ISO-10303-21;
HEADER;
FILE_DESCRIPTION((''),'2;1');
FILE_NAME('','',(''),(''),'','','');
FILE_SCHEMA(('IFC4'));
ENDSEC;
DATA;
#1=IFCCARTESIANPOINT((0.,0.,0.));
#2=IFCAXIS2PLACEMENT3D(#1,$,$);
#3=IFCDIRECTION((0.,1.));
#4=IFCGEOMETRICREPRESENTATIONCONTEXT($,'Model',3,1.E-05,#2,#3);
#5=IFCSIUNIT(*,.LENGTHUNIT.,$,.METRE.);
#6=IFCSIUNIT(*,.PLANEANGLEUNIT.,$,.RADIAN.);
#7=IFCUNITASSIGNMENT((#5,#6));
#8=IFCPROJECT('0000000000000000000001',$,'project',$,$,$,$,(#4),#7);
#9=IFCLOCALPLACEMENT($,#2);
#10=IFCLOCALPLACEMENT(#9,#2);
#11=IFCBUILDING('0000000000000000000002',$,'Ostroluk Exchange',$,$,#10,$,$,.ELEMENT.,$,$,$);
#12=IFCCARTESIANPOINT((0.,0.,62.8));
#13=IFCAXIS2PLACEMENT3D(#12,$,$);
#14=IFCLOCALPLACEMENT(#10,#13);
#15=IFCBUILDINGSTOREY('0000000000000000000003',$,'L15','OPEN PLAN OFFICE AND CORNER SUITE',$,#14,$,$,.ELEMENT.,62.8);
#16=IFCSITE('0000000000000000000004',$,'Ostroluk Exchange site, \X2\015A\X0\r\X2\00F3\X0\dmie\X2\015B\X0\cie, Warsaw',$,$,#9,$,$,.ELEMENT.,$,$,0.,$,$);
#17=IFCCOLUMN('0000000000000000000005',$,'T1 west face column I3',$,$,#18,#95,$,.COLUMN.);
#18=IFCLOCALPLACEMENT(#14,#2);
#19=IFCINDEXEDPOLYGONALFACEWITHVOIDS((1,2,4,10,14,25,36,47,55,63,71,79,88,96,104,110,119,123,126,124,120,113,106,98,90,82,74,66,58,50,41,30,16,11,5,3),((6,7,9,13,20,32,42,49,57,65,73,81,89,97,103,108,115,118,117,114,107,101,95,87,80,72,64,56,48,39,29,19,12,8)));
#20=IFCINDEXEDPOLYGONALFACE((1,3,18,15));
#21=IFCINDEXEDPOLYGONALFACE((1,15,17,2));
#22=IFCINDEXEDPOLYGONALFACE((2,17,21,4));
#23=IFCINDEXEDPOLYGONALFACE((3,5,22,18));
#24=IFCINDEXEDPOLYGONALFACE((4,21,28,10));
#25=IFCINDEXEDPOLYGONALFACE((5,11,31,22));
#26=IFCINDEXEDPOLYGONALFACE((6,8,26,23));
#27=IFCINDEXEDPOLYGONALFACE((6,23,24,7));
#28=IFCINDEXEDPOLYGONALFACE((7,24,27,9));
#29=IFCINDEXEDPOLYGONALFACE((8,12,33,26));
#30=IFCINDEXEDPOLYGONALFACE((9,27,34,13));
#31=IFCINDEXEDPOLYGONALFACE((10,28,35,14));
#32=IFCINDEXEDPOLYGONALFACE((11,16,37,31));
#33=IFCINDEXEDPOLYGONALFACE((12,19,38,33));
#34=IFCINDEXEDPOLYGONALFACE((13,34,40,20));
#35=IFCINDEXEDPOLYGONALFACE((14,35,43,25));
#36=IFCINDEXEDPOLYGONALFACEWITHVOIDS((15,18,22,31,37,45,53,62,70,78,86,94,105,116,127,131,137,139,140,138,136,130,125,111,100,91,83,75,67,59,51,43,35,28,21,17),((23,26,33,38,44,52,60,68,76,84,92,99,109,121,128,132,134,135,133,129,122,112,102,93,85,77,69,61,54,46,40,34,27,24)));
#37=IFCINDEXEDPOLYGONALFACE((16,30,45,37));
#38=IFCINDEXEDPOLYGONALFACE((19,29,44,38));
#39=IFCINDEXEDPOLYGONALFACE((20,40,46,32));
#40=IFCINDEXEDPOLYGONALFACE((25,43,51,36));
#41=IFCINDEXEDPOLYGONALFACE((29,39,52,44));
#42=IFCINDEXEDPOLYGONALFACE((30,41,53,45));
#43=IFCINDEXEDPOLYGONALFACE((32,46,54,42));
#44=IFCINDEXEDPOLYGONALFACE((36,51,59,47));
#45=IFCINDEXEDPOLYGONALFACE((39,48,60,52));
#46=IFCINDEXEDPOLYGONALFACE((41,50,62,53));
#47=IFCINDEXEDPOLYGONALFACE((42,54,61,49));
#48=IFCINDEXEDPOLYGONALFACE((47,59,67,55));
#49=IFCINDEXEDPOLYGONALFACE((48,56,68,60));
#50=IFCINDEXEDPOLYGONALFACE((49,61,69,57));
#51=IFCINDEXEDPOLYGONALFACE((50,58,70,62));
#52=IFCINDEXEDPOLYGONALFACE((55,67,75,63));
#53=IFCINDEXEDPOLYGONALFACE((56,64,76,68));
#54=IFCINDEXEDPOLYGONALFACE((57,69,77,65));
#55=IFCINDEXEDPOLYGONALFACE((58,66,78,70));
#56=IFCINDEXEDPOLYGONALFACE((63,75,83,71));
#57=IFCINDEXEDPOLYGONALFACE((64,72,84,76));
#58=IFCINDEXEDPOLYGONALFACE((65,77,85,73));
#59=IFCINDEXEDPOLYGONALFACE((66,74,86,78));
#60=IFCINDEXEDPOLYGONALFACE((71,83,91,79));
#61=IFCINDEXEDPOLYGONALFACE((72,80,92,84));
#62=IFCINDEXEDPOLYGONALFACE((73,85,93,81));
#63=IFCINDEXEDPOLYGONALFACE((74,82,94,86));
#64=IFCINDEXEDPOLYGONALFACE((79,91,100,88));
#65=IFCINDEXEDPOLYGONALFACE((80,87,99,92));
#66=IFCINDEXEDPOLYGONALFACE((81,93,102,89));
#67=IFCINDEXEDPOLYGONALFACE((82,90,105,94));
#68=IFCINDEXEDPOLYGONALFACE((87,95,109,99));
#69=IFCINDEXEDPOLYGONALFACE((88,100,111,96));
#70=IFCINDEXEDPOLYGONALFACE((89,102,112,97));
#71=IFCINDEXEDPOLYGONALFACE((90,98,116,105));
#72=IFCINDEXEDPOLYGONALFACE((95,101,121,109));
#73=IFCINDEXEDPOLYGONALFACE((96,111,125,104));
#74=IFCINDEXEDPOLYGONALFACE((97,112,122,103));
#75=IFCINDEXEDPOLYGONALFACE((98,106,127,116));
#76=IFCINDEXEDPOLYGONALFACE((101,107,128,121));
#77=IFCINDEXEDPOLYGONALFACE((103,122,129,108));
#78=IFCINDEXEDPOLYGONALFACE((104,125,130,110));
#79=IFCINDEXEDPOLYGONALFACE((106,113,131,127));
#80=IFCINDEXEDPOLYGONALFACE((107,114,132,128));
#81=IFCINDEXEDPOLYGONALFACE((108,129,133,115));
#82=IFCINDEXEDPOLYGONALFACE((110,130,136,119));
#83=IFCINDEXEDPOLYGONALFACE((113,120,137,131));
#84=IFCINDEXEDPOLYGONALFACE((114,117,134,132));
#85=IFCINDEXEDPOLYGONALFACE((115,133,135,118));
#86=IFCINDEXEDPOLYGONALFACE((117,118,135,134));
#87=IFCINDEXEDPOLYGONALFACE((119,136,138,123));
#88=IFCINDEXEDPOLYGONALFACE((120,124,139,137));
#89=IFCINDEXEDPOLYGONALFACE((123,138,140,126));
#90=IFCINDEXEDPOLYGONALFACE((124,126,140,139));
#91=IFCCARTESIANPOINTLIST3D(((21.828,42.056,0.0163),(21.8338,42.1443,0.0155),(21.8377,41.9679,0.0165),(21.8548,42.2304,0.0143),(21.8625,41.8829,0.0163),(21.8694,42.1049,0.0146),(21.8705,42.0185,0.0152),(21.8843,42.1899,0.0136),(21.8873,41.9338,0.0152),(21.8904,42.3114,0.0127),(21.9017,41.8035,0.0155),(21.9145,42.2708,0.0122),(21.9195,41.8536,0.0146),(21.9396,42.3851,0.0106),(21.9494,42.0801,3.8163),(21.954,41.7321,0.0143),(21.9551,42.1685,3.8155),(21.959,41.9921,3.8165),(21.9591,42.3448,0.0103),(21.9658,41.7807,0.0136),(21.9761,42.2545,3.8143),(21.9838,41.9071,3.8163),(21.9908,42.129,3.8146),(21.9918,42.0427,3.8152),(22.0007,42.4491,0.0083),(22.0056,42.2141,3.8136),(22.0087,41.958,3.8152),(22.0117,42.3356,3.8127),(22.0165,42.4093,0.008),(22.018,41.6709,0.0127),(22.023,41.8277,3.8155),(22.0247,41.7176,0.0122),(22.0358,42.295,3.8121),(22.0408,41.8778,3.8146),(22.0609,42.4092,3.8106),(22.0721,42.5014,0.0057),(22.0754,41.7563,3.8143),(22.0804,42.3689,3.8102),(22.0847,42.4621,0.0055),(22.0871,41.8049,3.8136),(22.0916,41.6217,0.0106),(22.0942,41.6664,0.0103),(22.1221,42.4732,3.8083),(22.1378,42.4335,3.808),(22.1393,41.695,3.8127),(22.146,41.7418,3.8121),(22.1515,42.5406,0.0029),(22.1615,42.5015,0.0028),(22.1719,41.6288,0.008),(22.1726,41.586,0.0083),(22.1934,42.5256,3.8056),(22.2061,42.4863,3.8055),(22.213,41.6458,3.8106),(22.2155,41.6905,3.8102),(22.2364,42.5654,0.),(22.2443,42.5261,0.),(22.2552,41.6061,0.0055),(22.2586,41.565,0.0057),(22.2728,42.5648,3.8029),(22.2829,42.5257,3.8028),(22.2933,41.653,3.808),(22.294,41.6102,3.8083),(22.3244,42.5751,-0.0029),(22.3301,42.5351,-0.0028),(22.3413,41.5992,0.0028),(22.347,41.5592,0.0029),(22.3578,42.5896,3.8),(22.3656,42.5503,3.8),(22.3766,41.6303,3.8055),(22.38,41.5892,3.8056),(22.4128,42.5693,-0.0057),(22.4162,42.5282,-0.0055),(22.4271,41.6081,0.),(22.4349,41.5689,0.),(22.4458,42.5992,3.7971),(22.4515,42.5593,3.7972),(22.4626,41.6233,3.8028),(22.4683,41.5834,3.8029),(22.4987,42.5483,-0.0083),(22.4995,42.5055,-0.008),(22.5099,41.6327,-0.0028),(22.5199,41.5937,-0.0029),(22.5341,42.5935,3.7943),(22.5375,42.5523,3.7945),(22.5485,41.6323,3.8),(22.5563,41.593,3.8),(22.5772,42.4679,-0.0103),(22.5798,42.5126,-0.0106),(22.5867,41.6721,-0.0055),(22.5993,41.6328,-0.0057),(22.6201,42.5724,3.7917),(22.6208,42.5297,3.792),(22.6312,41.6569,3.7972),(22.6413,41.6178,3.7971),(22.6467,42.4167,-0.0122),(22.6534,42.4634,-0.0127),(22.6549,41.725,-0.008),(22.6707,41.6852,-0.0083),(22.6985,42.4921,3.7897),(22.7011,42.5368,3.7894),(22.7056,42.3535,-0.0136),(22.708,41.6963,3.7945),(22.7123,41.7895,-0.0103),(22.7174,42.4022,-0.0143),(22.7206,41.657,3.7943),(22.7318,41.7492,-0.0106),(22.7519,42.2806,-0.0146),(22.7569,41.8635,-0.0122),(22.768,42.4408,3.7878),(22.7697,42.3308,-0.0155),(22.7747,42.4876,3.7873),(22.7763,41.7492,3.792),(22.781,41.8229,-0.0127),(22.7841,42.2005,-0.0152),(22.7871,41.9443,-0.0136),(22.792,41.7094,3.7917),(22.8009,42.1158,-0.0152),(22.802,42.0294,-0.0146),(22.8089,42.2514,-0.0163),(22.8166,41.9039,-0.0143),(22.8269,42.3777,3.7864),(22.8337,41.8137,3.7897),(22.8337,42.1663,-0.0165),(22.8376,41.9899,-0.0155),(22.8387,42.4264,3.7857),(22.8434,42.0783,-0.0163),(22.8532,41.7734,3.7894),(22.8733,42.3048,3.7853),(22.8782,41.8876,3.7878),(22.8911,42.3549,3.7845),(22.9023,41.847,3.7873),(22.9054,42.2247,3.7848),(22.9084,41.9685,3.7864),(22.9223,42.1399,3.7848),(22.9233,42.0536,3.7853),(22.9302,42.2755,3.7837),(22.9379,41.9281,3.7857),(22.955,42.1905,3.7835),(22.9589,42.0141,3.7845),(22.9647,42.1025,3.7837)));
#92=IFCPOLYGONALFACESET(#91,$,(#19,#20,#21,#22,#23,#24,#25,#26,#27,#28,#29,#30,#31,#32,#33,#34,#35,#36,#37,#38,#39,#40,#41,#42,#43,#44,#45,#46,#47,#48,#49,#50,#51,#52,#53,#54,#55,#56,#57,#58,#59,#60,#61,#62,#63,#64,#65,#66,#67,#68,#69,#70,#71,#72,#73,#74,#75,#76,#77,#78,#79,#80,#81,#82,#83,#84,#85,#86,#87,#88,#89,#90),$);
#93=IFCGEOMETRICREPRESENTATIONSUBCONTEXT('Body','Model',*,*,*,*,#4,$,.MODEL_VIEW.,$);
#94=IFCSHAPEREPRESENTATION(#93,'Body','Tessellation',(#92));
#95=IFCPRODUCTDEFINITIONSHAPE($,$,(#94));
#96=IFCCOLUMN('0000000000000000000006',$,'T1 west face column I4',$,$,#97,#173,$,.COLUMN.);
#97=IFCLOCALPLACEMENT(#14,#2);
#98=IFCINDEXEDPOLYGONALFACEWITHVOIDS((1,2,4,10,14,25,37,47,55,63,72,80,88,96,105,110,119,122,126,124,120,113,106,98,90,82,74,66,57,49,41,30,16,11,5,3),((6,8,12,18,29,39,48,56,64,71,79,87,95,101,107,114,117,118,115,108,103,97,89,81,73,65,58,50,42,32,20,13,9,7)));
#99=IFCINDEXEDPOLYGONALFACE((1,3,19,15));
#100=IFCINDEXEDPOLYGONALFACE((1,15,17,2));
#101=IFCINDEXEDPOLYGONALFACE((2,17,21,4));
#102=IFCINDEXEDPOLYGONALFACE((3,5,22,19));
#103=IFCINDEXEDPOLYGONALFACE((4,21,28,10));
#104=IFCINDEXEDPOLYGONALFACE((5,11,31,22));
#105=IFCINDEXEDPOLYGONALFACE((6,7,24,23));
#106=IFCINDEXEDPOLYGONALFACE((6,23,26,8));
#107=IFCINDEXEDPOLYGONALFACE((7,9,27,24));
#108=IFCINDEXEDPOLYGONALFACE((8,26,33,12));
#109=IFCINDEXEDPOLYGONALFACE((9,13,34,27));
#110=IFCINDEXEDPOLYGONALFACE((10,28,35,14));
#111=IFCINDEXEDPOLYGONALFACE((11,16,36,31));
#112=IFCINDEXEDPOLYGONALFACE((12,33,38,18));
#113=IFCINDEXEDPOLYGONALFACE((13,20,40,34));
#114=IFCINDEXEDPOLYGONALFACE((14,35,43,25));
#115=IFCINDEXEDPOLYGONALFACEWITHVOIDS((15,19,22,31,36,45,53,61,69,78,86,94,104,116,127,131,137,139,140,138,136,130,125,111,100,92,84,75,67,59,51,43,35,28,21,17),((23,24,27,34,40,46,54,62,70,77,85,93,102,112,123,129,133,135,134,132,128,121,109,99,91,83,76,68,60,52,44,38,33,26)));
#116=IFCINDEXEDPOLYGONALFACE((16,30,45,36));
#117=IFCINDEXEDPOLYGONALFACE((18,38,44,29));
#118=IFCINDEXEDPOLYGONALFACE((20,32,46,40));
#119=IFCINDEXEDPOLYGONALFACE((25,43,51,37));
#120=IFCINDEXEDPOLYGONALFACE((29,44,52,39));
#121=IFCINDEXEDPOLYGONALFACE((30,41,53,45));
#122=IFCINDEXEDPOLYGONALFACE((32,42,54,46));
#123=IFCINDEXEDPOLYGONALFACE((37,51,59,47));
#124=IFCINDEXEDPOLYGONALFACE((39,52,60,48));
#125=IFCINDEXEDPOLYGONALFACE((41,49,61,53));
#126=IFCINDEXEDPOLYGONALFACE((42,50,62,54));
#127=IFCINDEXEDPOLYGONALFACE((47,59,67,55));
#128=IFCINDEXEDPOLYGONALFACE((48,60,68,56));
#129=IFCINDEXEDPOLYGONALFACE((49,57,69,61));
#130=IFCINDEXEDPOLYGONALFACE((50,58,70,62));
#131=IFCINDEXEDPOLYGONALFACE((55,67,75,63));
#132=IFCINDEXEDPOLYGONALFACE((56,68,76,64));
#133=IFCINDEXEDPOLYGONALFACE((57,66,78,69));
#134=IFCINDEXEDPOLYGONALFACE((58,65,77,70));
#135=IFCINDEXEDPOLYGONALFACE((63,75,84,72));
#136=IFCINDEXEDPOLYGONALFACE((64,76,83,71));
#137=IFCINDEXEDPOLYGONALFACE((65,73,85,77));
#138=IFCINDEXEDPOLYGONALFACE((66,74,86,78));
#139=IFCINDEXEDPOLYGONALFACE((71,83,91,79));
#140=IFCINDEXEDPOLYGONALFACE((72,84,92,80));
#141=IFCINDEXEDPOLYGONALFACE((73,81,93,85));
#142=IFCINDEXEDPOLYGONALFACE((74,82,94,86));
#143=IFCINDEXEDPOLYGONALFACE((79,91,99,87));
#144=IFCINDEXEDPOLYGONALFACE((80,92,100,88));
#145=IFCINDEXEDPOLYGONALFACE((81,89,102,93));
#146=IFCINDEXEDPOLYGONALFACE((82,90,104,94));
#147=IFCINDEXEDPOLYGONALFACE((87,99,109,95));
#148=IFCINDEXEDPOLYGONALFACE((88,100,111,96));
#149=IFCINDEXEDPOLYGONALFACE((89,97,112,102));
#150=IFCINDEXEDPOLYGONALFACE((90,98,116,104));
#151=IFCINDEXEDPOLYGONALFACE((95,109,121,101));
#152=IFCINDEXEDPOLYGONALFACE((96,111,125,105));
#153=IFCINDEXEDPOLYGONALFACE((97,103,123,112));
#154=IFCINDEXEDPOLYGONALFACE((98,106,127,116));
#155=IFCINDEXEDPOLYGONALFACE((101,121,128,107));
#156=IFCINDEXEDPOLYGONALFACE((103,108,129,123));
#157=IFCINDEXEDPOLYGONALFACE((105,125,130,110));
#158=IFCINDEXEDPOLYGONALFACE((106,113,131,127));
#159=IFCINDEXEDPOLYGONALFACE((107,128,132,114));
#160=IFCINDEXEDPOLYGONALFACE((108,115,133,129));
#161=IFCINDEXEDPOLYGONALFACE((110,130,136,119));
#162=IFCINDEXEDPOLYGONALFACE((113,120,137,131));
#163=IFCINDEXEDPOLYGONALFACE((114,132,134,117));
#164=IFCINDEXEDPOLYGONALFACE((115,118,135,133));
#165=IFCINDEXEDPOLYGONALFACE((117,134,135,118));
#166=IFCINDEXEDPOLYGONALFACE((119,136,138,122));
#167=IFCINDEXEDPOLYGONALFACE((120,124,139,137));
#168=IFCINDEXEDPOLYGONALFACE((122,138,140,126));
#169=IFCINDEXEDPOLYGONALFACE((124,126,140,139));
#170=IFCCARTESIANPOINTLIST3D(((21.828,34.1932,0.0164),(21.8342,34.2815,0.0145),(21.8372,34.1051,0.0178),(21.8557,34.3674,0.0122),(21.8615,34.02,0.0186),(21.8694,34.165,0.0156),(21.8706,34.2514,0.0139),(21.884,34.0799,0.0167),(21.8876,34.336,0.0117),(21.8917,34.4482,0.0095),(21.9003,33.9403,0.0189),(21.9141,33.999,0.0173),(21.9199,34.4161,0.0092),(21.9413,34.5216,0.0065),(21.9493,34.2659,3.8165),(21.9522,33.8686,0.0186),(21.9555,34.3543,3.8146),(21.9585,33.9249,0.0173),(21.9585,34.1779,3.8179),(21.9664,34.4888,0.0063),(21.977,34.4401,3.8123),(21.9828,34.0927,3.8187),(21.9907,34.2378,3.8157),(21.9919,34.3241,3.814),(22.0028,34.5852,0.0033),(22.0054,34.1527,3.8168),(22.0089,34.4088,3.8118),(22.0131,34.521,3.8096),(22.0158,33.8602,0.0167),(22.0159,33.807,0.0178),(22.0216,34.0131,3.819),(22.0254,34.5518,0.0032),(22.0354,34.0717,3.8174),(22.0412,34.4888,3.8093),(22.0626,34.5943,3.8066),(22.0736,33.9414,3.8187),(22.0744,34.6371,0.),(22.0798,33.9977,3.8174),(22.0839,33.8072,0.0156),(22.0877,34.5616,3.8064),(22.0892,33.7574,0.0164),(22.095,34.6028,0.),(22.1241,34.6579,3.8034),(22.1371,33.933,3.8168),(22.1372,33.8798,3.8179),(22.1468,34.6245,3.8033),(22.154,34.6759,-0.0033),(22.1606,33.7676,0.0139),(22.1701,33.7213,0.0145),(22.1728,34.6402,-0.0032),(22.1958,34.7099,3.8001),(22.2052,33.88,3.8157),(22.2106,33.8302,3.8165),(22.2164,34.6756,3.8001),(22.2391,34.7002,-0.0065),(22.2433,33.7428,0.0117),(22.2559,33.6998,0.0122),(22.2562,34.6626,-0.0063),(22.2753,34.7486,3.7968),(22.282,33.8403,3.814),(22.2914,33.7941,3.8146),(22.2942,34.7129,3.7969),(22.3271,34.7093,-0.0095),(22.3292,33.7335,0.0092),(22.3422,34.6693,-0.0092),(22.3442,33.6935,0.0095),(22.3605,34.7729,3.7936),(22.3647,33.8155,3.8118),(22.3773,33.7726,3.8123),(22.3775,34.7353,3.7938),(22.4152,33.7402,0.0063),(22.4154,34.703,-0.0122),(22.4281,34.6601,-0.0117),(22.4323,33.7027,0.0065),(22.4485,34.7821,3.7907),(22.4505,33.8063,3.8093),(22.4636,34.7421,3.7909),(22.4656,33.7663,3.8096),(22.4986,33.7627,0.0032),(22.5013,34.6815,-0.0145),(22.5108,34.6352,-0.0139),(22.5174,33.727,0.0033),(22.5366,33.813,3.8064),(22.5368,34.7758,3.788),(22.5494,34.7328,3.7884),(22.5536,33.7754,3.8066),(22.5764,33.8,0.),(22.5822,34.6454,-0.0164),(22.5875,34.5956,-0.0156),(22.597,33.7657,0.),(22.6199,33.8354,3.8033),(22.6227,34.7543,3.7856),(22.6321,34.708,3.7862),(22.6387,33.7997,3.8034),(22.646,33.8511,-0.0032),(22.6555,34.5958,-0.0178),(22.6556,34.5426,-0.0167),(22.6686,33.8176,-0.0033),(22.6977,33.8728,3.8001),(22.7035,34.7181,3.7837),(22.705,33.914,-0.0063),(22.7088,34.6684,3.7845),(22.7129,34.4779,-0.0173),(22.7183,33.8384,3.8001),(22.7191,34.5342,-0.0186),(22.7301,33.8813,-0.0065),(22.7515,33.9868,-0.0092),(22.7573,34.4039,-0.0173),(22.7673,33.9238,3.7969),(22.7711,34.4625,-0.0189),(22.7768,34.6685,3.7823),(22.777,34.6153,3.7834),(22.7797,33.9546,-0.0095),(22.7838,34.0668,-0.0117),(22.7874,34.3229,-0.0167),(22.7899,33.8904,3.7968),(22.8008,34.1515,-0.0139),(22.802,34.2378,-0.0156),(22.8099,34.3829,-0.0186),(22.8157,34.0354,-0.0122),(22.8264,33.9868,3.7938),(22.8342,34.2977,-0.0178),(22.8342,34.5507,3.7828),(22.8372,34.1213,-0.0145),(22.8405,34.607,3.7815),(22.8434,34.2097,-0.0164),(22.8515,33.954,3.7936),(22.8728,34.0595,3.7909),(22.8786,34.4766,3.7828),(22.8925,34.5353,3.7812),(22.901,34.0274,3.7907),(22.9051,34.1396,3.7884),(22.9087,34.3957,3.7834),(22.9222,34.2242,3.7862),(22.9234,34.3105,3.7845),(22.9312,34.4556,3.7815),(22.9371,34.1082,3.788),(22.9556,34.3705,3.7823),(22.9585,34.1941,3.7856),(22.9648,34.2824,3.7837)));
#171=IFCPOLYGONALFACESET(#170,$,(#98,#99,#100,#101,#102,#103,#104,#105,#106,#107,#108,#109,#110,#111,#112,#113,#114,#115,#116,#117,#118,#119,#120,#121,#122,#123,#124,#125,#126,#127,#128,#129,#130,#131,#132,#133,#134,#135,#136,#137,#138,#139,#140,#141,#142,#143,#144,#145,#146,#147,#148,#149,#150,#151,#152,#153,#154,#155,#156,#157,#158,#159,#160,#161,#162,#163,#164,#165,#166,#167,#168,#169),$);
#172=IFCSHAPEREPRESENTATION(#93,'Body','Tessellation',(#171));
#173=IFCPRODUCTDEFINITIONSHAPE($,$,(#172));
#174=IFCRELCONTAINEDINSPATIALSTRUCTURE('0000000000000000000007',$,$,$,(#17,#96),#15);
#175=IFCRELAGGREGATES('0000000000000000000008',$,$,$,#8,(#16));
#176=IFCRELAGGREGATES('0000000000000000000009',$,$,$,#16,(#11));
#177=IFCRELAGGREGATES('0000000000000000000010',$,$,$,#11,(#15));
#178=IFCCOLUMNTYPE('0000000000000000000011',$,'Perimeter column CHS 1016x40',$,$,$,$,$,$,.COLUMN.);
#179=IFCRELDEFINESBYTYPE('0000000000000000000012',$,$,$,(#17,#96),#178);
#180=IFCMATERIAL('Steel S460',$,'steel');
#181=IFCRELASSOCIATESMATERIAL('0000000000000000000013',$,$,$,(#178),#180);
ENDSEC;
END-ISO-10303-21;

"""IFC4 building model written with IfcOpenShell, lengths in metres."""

from ifc_helpers import new_model, si_unit, direction, frame, origin, origin_2d, place, context, subcontext, project, spatial, hollow_circle, extrude, material, material_profile, profile_set, type_object, element, save


model = new_model("IFC4")

# Units and contexts
model_context = context("Model", 3, precision=1e-05, world=origin(), true_north=direction((0.0, 1.0)))
body_context = subcontext(model_context, "Body", "Model", "MODEL_VIEW")
ifc_project = project(units=[si_unit("LENGTHUNIT", "METRE"), si_unit("PLANEANGLEUNIT", "RADIAN")], contexts=[model_context])

# Site, building, storey
site_placement = place(None, origin())
site = spatial("IfcSite", under=ifc_project, at=site_placement, Name="Ostroluk Exchange site, Śródmieście, Warsaw", CompositionType="ELEMENT", RefElevation=0.0)
building_placement = place(site_placement, origin())
building = spatial("IfcBuilding", under=site, at=building_placement, Name="Ostroluk Exchange", CompositionType="ELEMENT")
storey_placement = place(building_placement, frame((0.0, 0.0, 62.8)))
storey = spatial("IfcBuildingStorey", under=building, at=storey_placement, Name="L15", Description="OPEN PLAN OFFICE AND CORNER SUITE", CompositionType="ELEMENT", Elevation=62.8)

# Columns
ifc_material_1 = material(Name="Steel S460", Category="steel")
ifc_material_profile_1 = material_profile(ifc_material_1, hollow_circle(Radius=0.5081, WallThickness=0.04, at=origin_2d()), Name="CHS 1016x40")
ifc_profile_set_1 = profile_set([ifc_material_profile_1], Name="Steel S460")
column_type = type_object("IfcColumnType", Name="Perimeter column CHS 1016x40", PredefinedType="COLUMN", material=ifc_profile_set_1)
column_1_placement = place(storey_placement, frame((22.3357, 42.0671, 0.0), z_axis=(0.031914, 0.006357, 0.99947), x_axis=(-0.195357, 0.980732, 0.0)))
element("IfcColumn", 1, at=column_1_placement, inside=storey, type_object=column_type, Name="T1 west face column I3", PredefinedType="COLUMN", context=body_context, shape_type="SweptSolid", body=[
    extrude(hollow_circle(Radius=0.5081, WallThickness=0.04, at=origin_2d()), origin(), (0.0, 0.0, 1.0), 3.802),
])
column_2_placement = place(storey_placement, frame((22.3357, 34.2014, 0.0), z_axis=(0.031909, 0.019132, 0.999308), x_axis=(-0.514242, 0.857645, 0.0)))
element("IfcColumn", 2, at=column_2_placement, inside=storey, type_object=column_type, Name="T1 west face column I4", PredefinedType="COLUMN", context=body_context, shape_type="SweptSolid", body=[
    extrude(hollow_circle(Radius=0.5081, WallThickness=0.04, at=origin_2d()), origin(), (0.0, 0.0, 1.0), 3.8027),
])

save(model, "model.ifc")
